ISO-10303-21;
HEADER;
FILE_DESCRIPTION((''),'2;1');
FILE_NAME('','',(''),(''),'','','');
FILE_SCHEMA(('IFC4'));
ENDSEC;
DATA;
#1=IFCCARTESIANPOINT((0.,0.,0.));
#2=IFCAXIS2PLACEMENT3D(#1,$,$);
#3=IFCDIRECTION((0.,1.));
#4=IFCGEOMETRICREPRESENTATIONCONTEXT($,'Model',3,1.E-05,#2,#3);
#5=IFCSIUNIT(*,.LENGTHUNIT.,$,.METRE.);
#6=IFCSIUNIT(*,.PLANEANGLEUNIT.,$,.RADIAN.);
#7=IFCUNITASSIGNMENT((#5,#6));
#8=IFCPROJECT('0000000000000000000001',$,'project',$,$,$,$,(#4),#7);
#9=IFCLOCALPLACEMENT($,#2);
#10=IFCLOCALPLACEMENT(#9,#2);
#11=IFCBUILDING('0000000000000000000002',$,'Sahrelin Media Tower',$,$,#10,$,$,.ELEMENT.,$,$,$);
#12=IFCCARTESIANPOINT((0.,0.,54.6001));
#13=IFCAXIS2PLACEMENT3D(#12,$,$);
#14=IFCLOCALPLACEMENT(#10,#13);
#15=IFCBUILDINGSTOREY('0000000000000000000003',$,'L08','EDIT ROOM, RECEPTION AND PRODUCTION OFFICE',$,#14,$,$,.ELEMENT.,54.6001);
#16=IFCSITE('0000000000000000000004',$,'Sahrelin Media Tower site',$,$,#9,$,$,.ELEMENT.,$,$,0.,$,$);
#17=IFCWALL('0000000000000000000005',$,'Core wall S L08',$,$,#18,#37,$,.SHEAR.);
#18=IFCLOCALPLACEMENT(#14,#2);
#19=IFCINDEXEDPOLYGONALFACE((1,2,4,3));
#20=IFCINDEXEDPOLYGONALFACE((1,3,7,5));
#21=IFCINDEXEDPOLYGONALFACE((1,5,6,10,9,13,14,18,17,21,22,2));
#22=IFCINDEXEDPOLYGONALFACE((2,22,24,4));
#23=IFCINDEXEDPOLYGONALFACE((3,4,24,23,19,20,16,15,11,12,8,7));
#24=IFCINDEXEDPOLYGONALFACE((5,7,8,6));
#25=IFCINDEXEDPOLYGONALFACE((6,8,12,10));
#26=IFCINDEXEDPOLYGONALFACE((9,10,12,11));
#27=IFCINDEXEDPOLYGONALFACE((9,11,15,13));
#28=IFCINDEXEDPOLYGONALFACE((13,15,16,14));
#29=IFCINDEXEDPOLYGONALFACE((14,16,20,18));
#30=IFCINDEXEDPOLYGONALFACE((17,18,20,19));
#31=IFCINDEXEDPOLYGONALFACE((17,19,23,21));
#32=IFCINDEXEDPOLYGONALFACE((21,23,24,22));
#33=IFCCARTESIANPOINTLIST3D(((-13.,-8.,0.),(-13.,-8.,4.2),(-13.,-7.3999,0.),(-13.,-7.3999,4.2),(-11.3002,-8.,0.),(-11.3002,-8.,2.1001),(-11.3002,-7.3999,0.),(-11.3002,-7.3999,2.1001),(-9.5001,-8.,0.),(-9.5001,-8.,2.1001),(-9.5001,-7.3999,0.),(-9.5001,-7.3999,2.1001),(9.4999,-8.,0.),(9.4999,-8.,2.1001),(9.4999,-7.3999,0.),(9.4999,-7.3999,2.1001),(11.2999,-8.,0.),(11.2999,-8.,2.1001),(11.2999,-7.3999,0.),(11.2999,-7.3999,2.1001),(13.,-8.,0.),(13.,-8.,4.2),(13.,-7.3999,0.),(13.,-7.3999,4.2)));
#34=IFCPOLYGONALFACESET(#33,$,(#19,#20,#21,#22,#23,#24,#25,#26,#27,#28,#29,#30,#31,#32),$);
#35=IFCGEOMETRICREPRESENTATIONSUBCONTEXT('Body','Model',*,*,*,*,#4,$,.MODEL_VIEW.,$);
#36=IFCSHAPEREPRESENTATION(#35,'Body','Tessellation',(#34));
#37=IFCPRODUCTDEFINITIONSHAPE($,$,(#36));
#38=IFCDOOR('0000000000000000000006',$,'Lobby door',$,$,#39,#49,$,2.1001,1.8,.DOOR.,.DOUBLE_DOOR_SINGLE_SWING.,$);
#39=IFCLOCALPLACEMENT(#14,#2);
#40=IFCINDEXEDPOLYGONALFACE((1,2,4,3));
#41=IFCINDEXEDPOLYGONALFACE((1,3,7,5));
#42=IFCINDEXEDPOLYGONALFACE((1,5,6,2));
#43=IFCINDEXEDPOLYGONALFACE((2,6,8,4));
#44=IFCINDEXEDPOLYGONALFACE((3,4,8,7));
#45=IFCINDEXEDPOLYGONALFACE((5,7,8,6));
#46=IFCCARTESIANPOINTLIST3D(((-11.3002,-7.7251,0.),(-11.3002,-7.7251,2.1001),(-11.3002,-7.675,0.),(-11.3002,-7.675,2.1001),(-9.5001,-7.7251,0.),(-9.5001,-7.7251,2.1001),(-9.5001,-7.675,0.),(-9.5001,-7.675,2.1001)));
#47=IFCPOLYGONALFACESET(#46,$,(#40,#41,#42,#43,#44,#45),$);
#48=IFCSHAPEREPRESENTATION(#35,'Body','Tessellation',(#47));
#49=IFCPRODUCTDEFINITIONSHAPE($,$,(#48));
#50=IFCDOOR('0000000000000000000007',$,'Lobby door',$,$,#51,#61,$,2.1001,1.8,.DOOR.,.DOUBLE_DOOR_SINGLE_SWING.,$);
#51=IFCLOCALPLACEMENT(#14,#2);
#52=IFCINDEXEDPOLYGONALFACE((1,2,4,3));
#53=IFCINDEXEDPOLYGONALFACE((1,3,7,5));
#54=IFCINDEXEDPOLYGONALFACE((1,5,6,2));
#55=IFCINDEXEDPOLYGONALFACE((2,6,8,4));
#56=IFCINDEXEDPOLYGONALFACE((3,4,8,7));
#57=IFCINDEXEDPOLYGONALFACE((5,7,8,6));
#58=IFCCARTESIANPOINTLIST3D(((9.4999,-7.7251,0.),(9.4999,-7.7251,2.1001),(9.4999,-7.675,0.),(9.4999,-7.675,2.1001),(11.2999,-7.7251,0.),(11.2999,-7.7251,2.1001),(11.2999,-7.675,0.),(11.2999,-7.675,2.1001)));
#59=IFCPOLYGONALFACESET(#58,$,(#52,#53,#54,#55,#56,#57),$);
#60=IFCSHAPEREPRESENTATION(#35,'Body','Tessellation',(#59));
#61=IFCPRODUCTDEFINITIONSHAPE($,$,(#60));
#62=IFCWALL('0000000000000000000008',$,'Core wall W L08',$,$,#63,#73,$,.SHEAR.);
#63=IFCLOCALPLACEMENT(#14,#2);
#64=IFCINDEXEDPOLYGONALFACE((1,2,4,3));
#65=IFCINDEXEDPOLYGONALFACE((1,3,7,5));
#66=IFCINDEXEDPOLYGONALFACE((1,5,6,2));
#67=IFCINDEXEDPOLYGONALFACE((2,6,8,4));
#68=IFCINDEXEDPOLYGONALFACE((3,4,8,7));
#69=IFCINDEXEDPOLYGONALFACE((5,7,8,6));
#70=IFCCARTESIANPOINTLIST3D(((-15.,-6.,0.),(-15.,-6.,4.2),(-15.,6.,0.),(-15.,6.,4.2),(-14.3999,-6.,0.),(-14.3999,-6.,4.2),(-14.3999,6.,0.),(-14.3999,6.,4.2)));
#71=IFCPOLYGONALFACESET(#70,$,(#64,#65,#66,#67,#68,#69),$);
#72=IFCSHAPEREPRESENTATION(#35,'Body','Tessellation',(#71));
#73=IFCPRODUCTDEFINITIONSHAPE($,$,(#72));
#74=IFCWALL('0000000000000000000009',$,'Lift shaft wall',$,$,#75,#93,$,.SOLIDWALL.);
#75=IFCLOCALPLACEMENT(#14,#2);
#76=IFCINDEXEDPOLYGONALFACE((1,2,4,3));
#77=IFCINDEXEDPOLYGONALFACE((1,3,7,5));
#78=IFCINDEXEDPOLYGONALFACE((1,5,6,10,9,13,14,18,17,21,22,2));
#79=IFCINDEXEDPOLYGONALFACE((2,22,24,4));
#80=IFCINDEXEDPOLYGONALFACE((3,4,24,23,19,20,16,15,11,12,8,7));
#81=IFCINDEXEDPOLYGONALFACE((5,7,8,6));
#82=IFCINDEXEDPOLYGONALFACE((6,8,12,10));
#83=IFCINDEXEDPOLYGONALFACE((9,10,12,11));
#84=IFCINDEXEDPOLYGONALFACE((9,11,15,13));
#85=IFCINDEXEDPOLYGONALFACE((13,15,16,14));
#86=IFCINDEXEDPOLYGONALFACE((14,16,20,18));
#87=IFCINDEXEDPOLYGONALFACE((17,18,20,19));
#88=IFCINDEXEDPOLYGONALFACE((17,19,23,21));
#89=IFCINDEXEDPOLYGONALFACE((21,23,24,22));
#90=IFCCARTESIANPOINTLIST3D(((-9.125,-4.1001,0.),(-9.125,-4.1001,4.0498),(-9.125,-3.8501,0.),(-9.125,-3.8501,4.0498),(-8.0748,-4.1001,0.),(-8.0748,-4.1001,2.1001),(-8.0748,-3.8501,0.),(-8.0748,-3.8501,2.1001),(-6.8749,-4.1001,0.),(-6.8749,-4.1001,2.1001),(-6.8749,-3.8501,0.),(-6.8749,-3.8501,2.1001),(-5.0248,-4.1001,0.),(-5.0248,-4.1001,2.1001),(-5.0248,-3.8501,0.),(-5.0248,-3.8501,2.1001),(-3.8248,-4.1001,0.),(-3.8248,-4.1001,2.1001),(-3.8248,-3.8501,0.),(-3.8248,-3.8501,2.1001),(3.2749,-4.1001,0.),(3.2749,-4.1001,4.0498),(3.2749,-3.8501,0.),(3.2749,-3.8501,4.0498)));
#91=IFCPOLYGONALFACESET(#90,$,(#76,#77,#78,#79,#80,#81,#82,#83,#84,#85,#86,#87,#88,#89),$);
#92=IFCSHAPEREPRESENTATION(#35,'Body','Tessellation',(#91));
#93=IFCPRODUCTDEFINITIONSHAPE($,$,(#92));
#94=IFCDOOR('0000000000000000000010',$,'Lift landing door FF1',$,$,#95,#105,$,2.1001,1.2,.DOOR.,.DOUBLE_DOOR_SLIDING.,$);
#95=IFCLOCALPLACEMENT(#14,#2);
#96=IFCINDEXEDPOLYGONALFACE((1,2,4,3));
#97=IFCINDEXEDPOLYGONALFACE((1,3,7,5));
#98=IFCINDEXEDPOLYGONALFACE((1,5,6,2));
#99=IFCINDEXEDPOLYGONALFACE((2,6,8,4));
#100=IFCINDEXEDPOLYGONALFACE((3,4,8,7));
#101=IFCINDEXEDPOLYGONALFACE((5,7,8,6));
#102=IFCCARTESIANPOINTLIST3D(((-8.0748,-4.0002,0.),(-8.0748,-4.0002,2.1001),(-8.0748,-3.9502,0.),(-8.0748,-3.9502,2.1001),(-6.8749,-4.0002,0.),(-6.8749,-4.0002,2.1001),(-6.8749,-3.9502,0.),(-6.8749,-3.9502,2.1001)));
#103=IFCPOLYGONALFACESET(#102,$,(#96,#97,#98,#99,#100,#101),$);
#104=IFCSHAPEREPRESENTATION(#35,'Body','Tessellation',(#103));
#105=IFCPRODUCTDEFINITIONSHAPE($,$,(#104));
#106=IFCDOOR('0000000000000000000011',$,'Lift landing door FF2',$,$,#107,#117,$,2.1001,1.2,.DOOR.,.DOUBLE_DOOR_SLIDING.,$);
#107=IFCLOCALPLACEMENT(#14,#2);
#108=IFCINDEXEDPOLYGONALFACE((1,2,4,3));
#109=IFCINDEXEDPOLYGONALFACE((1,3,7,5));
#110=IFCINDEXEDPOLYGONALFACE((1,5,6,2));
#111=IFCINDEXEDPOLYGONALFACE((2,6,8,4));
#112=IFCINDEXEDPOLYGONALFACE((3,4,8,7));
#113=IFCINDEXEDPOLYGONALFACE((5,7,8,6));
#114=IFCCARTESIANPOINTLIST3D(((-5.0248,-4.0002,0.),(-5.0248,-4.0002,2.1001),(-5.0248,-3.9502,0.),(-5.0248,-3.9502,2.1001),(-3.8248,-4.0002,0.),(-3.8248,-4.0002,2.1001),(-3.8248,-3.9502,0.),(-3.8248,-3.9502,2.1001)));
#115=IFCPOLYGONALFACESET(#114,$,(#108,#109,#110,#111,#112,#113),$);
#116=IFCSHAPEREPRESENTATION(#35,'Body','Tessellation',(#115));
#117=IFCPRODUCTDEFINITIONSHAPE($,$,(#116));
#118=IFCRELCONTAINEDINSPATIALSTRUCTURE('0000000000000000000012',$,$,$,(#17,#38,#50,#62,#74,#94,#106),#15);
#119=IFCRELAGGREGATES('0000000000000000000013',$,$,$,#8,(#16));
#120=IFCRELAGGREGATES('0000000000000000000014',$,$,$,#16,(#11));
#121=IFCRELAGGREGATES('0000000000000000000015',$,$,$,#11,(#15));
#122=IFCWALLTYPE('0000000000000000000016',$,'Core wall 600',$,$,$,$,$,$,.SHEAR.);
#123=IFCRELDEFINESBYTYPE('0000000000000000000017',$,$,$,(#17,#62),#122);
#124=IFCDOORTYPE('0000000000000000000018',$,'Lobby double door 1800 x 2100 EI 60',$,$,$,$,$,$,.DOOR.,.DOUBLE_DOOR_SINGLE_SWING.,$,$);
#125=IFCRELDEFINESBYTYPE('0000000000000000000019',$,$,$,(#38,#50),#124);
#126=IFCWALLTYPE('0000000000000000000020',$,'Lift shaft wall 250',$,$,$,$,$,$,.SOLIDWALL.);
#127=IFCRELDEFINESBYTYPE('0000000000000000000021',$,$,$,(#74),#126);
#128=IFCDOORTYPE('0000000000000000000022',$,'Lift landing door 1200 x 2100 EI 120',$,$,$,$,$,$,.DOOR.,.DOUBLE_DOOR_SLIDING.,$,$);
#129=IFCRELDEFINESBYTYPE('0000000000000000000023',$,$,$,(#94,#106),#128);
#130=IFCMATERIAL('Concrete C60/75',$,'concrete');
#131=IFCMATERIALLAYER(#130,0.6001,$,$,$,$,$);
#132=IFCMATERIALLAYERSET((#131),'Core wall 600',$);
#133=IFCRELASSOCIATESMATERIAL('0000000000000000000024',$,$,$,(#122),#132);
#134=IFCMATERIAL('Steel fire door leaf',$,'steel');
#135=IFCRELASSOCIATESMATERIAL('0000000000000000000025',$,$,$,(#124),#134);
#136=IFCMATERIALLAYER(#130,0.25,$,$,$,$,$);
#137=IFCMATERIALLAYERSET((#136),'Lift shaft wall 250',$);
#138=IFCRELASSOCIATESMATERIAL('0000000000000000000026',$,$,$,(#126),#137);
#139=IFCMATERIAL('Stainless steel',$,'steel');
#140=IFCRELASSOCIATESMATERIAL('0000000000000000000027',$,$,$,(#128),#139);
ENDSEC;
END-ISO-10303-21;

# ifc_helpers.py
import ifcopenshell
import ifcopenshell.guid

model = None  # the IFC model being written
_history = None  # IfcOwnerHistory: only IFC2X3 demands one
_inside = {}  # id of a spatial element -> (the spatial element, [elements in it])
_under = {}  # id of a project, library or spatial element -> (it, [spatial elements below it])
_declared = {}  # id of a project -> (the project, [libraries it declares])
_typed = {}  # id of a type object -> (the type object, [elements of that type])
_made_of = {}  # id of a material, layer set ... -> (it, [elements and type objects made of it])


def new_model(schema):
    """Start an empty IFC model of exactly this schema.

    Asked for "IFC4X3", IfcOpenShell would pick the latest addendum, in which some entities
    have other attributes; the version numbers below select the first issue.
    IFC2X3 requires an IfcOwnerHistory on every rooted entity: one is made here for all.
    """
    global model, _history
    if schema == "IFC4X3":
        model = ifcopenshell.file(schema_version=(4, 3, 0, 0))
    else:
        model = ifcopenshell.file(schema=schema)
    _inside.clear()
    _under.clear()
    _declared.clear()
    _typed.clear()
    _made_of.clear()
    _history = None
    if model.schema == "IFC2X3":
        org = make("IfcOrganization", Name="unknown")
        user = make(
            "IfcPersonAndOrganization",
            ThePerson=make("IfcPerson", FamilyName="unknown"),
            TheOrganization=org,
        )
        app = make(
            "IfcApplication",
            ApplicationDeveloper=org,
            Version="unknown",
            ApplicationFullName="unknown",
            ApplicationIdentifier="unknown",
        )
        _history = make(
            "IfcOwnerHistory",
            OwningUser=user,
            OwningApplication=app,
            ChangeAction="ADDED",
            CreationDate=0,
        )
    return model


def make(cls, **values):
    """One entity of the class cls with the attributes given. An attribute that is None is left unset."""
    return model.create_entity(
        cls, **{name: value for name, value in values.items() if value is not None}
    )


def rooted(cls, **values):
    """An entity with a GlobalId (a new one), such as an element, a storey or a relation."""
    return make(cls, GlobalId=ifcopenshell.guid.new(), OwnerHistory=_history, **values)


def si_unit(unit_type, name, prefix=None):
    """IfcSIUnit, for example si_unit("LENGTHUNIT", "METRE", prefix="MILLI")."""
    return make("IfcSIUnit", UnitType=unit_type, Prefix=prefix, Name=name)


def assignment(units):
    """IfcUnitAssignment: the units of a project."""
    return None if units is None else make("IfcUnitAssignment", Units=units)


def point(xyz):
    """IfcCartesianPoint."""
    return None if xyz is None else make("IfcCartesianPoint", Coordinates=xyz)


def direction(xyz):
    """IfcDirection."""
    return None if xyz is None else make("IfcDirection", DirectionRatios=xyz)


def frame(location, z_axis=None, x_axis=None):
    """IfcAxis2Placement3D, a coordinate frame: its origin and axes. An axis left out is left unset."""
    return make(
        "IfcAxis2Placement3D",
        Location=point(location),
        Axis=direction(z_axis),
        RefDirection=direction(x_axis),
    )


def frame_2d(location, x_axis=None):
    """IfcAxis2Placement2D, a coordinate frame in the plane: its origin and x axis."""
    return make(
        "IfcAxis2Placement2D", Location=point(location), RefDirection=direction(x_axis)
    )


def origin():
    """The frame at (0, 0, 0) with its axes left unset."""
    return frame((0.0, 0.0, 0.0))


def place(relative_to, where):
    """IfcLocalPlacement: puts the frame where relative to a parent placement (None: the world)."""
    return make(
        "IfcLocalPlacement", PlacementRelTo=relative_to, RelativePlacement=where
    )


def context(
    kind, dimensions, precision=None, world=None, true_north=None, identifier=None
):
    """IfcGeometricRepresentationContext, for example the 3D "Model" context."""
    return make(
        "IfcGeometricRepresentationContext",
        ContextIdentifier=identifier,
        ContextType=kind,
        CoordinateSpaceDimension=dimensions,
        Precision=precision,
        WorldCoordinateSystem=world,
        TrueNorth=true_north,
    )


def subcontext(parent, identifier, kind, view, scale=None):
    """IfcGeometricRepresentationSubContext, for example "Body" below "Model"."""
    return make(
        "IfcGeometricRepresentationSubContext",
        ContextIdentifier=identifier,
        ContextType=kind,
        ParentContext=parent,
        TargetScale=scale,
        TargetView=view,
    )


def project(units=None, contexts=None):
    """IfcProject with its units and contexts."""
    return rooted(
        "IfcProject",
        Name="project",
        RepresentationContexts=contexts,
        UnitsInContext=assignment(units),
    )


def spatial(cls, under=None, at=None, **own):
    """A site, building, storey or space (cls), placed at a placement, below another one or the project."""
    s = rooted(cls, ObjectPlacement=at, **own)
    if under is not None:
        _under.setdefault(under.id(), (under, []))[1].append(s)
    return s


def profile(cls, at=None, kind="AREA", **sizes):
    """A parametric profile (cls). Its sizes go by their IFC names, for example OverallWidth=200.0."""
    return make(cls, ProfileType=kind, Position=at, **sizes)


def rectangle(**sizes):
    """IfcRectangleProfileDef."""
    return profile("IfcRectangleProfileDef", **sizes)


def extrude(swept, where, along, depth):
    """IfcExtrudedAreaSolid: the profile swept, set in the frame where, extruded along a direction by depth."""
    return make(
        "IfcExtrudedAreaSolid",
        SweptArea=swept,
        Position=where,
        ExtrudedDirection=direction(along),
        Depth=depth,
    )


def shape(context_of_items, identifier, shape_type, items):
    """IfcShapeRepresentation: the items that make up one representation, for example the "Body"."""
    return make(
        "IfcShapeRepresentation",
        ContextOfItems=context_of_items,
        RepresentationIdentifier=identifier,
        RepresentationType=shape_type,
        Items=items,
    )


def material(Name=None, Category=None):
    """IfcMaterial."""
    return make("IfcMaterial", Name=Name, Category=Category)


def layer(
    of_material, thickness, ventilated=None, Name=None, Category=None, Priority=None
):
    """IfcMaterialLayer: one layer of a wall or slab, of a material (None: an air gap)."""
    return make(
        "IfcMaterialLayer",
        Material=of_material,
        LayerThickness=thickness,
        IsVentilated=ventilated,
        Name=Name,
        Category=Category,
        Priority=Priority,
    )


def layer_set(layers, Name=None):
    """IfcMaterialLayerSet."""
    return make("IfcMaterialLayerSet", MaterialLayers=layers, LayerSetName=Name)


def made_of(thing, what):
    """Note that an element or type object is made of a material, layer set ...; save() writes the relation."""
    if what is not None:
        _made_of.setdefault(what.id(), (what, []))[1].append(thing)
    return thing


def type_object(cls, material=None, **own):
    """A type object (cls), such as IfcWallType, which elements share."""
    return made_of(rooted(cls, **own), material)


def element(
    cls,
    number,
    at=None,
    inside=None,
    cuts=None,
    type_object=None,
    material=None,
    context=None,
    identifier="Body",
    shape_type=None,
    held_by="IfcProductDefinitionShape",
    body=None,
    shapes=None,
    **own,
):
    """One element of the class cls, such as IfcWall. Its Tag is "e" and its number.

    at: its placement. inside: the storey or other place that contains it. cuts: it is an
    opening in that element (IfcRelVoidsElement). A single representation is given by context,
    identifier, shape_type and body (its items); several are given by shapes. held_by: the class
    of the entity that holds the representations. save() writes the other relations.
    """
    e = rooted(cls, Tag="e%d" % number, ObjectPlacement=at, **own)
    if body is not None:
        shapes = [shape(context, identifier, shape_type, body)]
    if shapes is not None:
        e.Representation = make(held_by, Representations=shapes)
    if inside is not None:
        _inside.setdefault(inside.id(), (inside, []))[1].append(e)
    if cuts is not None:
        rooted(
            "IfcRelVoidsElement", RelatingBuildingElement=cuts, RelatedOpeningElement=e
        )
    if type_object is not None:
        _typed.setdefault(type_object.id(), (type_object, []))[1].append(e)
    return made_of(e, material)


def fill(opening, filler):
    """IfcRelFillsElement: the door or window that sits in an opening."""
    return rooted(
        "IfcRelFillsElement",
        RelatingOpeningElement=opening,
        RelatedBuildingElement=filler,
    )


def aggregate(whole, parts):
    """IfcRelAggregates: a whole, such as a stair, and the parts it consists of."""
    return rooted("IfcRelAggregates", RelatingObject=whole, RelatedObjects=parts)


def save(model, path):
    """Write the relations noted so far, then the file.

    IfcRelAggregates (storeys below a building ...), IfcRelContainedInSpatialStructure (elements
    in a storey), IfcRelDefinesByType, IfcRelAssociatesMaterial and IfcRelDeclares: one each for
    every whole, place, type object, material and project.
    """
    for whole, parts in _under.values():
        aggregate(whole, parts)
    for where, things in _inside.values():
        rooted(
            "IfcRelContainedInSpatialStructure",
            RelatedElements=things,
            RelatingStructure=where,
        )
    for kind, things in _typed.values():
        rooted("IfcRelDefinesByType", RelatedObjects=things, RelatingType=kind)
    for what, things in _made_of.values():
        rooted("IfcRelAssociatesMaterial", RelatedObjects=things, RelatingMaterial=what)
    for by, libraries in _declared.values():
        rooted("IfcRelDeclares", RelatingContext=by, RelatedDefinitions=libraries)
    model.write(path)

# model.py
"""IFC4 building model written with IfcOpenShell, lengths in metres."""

from ifc_helpers import new_model, si_unit, direction, frame, frame_2d, origin, place, context, subcontext, project, spatial, rectangle, extrude, material, layer, layer_set, type_object, element, fill, save


model = new_model("IFC4")

# Units and contexts
model_context = context("Model", 3, precision=1e-05, world=origin(), true_north=direction((0.0, 1.0)))
body_context = subcontext(model_context, "Body", "Model", "MODEL_VIEW")
ifc_project = project(units=[si_unit("LENGTHUNIT", "METRE"), si_unit("PLANEANGLEUNIT", "RADIAN")], contexts=[model_context])

# Site, building, storey
site_placement = place(None, origin())
site = spatial("IfcSite", under=ifc_project, at=site_placement, Name="Sahrelin Media Tower site", CompositionType="ELEMENT", RefElevation=0.0)
building_placement = place(site_placement, origin())
building = spatial("IfcBuilding", under=site, at=building_placement, Name="Sahrelin Media Tower", CompositionType="ELEMENT")
storey_placement = place(building_placement, frame((0.0, 0.0, 54.6001)))
storey = spatial("IfcBuildingStorey", under=building, at=storey_placement, Name="L08", Description="EDIT ROOM, RECEPTION AND PRODUCTION OFFICE", CompositionType="ELEMENT", Elevation=54.6001)

# Wall, openings, doors
ifc_material_1 = material(Name="Concrete C60/75", Category="concrete")
ifc_layer_1 = layer(ifc_material_1, 0.6001)
ifc_layer_set_1 = layer_set([ifc_layer_1], Name="Core wall 600")
wall_type_1 = type_object("IfcWallType", Name="Core wall 600", PredefinedType="SHEAR", material=ifc_layer_set_1)
wall_1_placement = place(storey_placement, frame((-13.0, -7.7, 0.0), z_axis=(0.0, 0.0, 1.0), x_axis=(1.0, 0.0, 0.0)))
wall_1 = element("IfcWall", 1, at=wall_1_placement, inside=storey, type_object=wall_type_1, Name="Core wall S L08", PredefinedType="SHEAR", context=body_context, shape_type="SweptSolid", body=[
    extrude(rectangle(XDim=26.0, YDim=0.6001, at=frame_2d((13.0, 0.0))), origin(), (0.0, 0.0, 1.0), 4.2),
])
opening_1_placement = place(wall_1_placement, frame((1.7, 0.0, 0.0)))
opening_1 = element("IfcOpeningElement", 2, at=opening_1_placement, cuts=wall_1, PredefinedType="OPENING", context=body_context, shape_type="SweptSolid", body=[
    extrude(rectangle(XDim=1.8, YDim=2.1001, at=frame_2d((0.8999, 1.05))), frame((0.0, 0.3, 0.0), z_axis=(0.0, -1.0, 0.0), x_axis=(1.0, 0.0, 0.0)), (0.0, 0.0, 1.0), 0.6001),
])
opening_2_placement = place(wall_1_placement, frame((22.5, 0.0, 0.0)))
opening_2 = element("IfcOpeningElement", 3, at=opening_2_placement, cuts=wall_1, PredefinedType="OPENING", context=body_context, shape_type="SweptSolid", body=[
    extrude(rectangle(XDim=1.8, YDim=2.1001, at=frame_2d((0.8999, 1.05))), frame((0.0, 0.3, 0.0), z_axis=(0.0, -1.0, 0.0), x_axis=(1.0, 0.0, 0.0)), (0.0, 0.0, 1.0), 0.6001),
])
ifc_material_2 = material(Name="Steel fire door leaf", Category="steel")
door_type_1 = type_object("IfcDoorType", Name="Lobby double door 1800 x 2100 EI 60", OperationType="DOUBLE_DOOR_SINGLE_SWING", PredefinedType="DOOR", material=ifc_material_2)
door_1_placement = place(opening_1_placement, origin())
door_1 = element("IfcDoor", 4, at=door_1_placement, inside=storey, type_object=door_type_1, Name="Lobby door", OperationType="DOUBLE_DOOR_SINGLE_SWING", OverallHeight=2.1001, OverallWidth=1.8, PredefinedType="DOOR", context=body_context, shape_type="SweptSolid", body=[
    extrude(rectangle(XDim=1.8, YDim=2.1001, at=frame_2d((0.8999, 1.05))), frame((0.0, 0.0249, 0.0), z_axis=(0.0, -1.0, 0.0), x_axis=(1.0, 0.0, 0.0)), (0.0, 0.0, 1.0), 0.05),
])
fill(opening_1, door_1)
door_2_placement = place(opening_2_placement, origin())
door_2 = element("IfcDoor", 5, at=door_2_placement, inside=storey, type_object=door_type_1, Name="Lobby door", OperationType="DOUBLE_DOOR_SINGLE_SWING", OverallHeight=2.1001, OverallWidth=1.8, PredefinedType="DOOR", context=body_context, shape_type="SweptSolid", body=[
    extrude(rectangle(XDim=1.8, YDim=2.1001, at=frame_2d((0.8999, 1.05))), frame((0.0, 0.0249, 0.0), z_axis=(0.0, -1.0, 0.0), x_axis=(1.0, 0.0, 0.0)), (0.0, 0.0, 1.0), 0.05),
])
fill(opening_2, door_2)

# Wall
wall_2_placement = place(storey_placement, frame((-14.7, -6.0, 0.0), z_axis=(0.0, 0.0, 1.0), x_axis=(0.0, 1.0, 0.0)))
element("IfcWall", 6, at=wall_2_placement, inside=storey, type_object=wall_type_1, Name="Core wall W L08", PredefinedType="SHEAR", context=body_context, shape_type="SweptSolid", body=[
    extrude(rectangle(XDim=12.0, YDim=0.6001, at=frame_2d((6.0, 0.0))), origin(), (0.0, 0.0, 1.0), 4.2),
])

# Wall, openings, doors
ifc_layer_2 = layer(ifc_material_1, 0.25)
ifc_layer_set_2 = layer_set([ifc_layer_2], Name="Lift shaft wall 250")
wall_type_2 = type_object("IfcWallType", Name="Lift shaft wall 250", PredefinedType="SOLIDWALL", material=ifc_layer_set_2)
wall_3_placement = place(storey_placement, frame((-9.125, -3.9751, 0.0), z_axis=(0.0, 0.0, 1.0), x_axis=(1.0, 0.0, 0.0)))
wall_3 = element("IfcWall", 7, at=wall_3_placement, inside=storey, type_object=wall_type_2, Name="Lift shaft wall", PredefinedType="SOLIDWALL", context=body_context, shape_type="SweptSolid", body=[
    extrude(rectangle(XDim=12.3999, YDim=0.25, at=frame_2d((6.2, 0.0))), origin(), (0.0, 0.0, 1.0), 4.0498),
])
opening_3_placement = place(wall_3_placement, frame((1.05, 0.0, 0.0)))
opening_3 = element("IfcOpeningElement", 8, at=opening_3_placement, cuts=wall_3, PredefinedType="OPENING", context=body_context, shape_type="SweptSolid", body=[
    extrude(rectangle(XDim=1.2, YDim=2.1001, at=frame_2d((0.6001, 1.05))), frame((0.0, 0.125, 0.0), z_axis=(0.0, -1.0, 0.0), x_axis=(1.0, 0.0, 0.0)), (0.0, 0.0, 1.0), 0.25),
])
opening_4_placement = place(wall_3_placement, frame((4.1001, 0.0, 0.0)))
opening_4 = element("IfcOpeningElement", 9, at=opening_4_placement, cuts=wall_3, PredefinedType="OPENING", context=body_context, shape_type="SweptSolid", body=[
    extrude(rectangle(XDim=1.2, YDim=2.1001, at=frame_2d((0.6001, 1.05))), frame((0.0, 0.125, 0.0), z_axis=(0.0, -1.0, 0.0), x_axis=(1.0, 0.0, 0.0)), (0.0, 0.0, 1.0), 0.25),
])
ifc_material_3 = material(Name="Stainless steel", Category="steel")
door_type_2 = type_object("IfcDoorType", Name="Lift landing door 1200 x 2100 EI 120", OperationType="DOUBLE_DOOR_SLIDING", PredefinedType="DOOR", material=ifc_material_3)
door_3_placement = place(opening_3_placement, origin())
door_3 = element("IfcDoor", 10, at=door_3_placement, inside=storey, type_object=door_type_2, Name="Lift landing door FF1", OperationType="DOUBLE_DOOR_SLIDING", OverallHeight=2.1001, OverallWidth=1.2, PredefinedType="DOOR", context=body_context, shape_type="SweptSolid", body=[
    extrude(rectangle(XDim=1.2, YDim=2.1001, at=frame_2d((0.6001, 1.05))), frame((0.0, 0.0249, 0.0), z_axis=(0.0, -1.0, 0.0), x_axis=(1.0, 0.0, 0.0)), (0.0, 0.0, 1.0), 0.05),
])
fill(opening_3, door_3)
door_4_placement = place(opening_4_placement, origin())
door_4 = element("IfcDoor", 11, at=door_4_placement, inside=storey, type_object=door_type_2, Name="Lift landing door FF2", OperationType="DOUBLE_DOOR_SLIDING", OverallHeight=2.1001, OverallWidth=1.2, PredefinedType="DOOR", context=body_context, shape_type="SweptSolid", body=[
    extrude(rectangle(XDim=1.2, YDim=2.1001, at=frame_2d((0.6001, 1.05))), frame((0.0, 0.0249, 0.0), z_axis=(0.0, -1.0, 0.0), x_axis=(1.0, 0.0, 0.0)), (0.0, 0.0, 1.0), 0.05),
])
fill(opening_4, door_4)

save(model, "model.ifc")
